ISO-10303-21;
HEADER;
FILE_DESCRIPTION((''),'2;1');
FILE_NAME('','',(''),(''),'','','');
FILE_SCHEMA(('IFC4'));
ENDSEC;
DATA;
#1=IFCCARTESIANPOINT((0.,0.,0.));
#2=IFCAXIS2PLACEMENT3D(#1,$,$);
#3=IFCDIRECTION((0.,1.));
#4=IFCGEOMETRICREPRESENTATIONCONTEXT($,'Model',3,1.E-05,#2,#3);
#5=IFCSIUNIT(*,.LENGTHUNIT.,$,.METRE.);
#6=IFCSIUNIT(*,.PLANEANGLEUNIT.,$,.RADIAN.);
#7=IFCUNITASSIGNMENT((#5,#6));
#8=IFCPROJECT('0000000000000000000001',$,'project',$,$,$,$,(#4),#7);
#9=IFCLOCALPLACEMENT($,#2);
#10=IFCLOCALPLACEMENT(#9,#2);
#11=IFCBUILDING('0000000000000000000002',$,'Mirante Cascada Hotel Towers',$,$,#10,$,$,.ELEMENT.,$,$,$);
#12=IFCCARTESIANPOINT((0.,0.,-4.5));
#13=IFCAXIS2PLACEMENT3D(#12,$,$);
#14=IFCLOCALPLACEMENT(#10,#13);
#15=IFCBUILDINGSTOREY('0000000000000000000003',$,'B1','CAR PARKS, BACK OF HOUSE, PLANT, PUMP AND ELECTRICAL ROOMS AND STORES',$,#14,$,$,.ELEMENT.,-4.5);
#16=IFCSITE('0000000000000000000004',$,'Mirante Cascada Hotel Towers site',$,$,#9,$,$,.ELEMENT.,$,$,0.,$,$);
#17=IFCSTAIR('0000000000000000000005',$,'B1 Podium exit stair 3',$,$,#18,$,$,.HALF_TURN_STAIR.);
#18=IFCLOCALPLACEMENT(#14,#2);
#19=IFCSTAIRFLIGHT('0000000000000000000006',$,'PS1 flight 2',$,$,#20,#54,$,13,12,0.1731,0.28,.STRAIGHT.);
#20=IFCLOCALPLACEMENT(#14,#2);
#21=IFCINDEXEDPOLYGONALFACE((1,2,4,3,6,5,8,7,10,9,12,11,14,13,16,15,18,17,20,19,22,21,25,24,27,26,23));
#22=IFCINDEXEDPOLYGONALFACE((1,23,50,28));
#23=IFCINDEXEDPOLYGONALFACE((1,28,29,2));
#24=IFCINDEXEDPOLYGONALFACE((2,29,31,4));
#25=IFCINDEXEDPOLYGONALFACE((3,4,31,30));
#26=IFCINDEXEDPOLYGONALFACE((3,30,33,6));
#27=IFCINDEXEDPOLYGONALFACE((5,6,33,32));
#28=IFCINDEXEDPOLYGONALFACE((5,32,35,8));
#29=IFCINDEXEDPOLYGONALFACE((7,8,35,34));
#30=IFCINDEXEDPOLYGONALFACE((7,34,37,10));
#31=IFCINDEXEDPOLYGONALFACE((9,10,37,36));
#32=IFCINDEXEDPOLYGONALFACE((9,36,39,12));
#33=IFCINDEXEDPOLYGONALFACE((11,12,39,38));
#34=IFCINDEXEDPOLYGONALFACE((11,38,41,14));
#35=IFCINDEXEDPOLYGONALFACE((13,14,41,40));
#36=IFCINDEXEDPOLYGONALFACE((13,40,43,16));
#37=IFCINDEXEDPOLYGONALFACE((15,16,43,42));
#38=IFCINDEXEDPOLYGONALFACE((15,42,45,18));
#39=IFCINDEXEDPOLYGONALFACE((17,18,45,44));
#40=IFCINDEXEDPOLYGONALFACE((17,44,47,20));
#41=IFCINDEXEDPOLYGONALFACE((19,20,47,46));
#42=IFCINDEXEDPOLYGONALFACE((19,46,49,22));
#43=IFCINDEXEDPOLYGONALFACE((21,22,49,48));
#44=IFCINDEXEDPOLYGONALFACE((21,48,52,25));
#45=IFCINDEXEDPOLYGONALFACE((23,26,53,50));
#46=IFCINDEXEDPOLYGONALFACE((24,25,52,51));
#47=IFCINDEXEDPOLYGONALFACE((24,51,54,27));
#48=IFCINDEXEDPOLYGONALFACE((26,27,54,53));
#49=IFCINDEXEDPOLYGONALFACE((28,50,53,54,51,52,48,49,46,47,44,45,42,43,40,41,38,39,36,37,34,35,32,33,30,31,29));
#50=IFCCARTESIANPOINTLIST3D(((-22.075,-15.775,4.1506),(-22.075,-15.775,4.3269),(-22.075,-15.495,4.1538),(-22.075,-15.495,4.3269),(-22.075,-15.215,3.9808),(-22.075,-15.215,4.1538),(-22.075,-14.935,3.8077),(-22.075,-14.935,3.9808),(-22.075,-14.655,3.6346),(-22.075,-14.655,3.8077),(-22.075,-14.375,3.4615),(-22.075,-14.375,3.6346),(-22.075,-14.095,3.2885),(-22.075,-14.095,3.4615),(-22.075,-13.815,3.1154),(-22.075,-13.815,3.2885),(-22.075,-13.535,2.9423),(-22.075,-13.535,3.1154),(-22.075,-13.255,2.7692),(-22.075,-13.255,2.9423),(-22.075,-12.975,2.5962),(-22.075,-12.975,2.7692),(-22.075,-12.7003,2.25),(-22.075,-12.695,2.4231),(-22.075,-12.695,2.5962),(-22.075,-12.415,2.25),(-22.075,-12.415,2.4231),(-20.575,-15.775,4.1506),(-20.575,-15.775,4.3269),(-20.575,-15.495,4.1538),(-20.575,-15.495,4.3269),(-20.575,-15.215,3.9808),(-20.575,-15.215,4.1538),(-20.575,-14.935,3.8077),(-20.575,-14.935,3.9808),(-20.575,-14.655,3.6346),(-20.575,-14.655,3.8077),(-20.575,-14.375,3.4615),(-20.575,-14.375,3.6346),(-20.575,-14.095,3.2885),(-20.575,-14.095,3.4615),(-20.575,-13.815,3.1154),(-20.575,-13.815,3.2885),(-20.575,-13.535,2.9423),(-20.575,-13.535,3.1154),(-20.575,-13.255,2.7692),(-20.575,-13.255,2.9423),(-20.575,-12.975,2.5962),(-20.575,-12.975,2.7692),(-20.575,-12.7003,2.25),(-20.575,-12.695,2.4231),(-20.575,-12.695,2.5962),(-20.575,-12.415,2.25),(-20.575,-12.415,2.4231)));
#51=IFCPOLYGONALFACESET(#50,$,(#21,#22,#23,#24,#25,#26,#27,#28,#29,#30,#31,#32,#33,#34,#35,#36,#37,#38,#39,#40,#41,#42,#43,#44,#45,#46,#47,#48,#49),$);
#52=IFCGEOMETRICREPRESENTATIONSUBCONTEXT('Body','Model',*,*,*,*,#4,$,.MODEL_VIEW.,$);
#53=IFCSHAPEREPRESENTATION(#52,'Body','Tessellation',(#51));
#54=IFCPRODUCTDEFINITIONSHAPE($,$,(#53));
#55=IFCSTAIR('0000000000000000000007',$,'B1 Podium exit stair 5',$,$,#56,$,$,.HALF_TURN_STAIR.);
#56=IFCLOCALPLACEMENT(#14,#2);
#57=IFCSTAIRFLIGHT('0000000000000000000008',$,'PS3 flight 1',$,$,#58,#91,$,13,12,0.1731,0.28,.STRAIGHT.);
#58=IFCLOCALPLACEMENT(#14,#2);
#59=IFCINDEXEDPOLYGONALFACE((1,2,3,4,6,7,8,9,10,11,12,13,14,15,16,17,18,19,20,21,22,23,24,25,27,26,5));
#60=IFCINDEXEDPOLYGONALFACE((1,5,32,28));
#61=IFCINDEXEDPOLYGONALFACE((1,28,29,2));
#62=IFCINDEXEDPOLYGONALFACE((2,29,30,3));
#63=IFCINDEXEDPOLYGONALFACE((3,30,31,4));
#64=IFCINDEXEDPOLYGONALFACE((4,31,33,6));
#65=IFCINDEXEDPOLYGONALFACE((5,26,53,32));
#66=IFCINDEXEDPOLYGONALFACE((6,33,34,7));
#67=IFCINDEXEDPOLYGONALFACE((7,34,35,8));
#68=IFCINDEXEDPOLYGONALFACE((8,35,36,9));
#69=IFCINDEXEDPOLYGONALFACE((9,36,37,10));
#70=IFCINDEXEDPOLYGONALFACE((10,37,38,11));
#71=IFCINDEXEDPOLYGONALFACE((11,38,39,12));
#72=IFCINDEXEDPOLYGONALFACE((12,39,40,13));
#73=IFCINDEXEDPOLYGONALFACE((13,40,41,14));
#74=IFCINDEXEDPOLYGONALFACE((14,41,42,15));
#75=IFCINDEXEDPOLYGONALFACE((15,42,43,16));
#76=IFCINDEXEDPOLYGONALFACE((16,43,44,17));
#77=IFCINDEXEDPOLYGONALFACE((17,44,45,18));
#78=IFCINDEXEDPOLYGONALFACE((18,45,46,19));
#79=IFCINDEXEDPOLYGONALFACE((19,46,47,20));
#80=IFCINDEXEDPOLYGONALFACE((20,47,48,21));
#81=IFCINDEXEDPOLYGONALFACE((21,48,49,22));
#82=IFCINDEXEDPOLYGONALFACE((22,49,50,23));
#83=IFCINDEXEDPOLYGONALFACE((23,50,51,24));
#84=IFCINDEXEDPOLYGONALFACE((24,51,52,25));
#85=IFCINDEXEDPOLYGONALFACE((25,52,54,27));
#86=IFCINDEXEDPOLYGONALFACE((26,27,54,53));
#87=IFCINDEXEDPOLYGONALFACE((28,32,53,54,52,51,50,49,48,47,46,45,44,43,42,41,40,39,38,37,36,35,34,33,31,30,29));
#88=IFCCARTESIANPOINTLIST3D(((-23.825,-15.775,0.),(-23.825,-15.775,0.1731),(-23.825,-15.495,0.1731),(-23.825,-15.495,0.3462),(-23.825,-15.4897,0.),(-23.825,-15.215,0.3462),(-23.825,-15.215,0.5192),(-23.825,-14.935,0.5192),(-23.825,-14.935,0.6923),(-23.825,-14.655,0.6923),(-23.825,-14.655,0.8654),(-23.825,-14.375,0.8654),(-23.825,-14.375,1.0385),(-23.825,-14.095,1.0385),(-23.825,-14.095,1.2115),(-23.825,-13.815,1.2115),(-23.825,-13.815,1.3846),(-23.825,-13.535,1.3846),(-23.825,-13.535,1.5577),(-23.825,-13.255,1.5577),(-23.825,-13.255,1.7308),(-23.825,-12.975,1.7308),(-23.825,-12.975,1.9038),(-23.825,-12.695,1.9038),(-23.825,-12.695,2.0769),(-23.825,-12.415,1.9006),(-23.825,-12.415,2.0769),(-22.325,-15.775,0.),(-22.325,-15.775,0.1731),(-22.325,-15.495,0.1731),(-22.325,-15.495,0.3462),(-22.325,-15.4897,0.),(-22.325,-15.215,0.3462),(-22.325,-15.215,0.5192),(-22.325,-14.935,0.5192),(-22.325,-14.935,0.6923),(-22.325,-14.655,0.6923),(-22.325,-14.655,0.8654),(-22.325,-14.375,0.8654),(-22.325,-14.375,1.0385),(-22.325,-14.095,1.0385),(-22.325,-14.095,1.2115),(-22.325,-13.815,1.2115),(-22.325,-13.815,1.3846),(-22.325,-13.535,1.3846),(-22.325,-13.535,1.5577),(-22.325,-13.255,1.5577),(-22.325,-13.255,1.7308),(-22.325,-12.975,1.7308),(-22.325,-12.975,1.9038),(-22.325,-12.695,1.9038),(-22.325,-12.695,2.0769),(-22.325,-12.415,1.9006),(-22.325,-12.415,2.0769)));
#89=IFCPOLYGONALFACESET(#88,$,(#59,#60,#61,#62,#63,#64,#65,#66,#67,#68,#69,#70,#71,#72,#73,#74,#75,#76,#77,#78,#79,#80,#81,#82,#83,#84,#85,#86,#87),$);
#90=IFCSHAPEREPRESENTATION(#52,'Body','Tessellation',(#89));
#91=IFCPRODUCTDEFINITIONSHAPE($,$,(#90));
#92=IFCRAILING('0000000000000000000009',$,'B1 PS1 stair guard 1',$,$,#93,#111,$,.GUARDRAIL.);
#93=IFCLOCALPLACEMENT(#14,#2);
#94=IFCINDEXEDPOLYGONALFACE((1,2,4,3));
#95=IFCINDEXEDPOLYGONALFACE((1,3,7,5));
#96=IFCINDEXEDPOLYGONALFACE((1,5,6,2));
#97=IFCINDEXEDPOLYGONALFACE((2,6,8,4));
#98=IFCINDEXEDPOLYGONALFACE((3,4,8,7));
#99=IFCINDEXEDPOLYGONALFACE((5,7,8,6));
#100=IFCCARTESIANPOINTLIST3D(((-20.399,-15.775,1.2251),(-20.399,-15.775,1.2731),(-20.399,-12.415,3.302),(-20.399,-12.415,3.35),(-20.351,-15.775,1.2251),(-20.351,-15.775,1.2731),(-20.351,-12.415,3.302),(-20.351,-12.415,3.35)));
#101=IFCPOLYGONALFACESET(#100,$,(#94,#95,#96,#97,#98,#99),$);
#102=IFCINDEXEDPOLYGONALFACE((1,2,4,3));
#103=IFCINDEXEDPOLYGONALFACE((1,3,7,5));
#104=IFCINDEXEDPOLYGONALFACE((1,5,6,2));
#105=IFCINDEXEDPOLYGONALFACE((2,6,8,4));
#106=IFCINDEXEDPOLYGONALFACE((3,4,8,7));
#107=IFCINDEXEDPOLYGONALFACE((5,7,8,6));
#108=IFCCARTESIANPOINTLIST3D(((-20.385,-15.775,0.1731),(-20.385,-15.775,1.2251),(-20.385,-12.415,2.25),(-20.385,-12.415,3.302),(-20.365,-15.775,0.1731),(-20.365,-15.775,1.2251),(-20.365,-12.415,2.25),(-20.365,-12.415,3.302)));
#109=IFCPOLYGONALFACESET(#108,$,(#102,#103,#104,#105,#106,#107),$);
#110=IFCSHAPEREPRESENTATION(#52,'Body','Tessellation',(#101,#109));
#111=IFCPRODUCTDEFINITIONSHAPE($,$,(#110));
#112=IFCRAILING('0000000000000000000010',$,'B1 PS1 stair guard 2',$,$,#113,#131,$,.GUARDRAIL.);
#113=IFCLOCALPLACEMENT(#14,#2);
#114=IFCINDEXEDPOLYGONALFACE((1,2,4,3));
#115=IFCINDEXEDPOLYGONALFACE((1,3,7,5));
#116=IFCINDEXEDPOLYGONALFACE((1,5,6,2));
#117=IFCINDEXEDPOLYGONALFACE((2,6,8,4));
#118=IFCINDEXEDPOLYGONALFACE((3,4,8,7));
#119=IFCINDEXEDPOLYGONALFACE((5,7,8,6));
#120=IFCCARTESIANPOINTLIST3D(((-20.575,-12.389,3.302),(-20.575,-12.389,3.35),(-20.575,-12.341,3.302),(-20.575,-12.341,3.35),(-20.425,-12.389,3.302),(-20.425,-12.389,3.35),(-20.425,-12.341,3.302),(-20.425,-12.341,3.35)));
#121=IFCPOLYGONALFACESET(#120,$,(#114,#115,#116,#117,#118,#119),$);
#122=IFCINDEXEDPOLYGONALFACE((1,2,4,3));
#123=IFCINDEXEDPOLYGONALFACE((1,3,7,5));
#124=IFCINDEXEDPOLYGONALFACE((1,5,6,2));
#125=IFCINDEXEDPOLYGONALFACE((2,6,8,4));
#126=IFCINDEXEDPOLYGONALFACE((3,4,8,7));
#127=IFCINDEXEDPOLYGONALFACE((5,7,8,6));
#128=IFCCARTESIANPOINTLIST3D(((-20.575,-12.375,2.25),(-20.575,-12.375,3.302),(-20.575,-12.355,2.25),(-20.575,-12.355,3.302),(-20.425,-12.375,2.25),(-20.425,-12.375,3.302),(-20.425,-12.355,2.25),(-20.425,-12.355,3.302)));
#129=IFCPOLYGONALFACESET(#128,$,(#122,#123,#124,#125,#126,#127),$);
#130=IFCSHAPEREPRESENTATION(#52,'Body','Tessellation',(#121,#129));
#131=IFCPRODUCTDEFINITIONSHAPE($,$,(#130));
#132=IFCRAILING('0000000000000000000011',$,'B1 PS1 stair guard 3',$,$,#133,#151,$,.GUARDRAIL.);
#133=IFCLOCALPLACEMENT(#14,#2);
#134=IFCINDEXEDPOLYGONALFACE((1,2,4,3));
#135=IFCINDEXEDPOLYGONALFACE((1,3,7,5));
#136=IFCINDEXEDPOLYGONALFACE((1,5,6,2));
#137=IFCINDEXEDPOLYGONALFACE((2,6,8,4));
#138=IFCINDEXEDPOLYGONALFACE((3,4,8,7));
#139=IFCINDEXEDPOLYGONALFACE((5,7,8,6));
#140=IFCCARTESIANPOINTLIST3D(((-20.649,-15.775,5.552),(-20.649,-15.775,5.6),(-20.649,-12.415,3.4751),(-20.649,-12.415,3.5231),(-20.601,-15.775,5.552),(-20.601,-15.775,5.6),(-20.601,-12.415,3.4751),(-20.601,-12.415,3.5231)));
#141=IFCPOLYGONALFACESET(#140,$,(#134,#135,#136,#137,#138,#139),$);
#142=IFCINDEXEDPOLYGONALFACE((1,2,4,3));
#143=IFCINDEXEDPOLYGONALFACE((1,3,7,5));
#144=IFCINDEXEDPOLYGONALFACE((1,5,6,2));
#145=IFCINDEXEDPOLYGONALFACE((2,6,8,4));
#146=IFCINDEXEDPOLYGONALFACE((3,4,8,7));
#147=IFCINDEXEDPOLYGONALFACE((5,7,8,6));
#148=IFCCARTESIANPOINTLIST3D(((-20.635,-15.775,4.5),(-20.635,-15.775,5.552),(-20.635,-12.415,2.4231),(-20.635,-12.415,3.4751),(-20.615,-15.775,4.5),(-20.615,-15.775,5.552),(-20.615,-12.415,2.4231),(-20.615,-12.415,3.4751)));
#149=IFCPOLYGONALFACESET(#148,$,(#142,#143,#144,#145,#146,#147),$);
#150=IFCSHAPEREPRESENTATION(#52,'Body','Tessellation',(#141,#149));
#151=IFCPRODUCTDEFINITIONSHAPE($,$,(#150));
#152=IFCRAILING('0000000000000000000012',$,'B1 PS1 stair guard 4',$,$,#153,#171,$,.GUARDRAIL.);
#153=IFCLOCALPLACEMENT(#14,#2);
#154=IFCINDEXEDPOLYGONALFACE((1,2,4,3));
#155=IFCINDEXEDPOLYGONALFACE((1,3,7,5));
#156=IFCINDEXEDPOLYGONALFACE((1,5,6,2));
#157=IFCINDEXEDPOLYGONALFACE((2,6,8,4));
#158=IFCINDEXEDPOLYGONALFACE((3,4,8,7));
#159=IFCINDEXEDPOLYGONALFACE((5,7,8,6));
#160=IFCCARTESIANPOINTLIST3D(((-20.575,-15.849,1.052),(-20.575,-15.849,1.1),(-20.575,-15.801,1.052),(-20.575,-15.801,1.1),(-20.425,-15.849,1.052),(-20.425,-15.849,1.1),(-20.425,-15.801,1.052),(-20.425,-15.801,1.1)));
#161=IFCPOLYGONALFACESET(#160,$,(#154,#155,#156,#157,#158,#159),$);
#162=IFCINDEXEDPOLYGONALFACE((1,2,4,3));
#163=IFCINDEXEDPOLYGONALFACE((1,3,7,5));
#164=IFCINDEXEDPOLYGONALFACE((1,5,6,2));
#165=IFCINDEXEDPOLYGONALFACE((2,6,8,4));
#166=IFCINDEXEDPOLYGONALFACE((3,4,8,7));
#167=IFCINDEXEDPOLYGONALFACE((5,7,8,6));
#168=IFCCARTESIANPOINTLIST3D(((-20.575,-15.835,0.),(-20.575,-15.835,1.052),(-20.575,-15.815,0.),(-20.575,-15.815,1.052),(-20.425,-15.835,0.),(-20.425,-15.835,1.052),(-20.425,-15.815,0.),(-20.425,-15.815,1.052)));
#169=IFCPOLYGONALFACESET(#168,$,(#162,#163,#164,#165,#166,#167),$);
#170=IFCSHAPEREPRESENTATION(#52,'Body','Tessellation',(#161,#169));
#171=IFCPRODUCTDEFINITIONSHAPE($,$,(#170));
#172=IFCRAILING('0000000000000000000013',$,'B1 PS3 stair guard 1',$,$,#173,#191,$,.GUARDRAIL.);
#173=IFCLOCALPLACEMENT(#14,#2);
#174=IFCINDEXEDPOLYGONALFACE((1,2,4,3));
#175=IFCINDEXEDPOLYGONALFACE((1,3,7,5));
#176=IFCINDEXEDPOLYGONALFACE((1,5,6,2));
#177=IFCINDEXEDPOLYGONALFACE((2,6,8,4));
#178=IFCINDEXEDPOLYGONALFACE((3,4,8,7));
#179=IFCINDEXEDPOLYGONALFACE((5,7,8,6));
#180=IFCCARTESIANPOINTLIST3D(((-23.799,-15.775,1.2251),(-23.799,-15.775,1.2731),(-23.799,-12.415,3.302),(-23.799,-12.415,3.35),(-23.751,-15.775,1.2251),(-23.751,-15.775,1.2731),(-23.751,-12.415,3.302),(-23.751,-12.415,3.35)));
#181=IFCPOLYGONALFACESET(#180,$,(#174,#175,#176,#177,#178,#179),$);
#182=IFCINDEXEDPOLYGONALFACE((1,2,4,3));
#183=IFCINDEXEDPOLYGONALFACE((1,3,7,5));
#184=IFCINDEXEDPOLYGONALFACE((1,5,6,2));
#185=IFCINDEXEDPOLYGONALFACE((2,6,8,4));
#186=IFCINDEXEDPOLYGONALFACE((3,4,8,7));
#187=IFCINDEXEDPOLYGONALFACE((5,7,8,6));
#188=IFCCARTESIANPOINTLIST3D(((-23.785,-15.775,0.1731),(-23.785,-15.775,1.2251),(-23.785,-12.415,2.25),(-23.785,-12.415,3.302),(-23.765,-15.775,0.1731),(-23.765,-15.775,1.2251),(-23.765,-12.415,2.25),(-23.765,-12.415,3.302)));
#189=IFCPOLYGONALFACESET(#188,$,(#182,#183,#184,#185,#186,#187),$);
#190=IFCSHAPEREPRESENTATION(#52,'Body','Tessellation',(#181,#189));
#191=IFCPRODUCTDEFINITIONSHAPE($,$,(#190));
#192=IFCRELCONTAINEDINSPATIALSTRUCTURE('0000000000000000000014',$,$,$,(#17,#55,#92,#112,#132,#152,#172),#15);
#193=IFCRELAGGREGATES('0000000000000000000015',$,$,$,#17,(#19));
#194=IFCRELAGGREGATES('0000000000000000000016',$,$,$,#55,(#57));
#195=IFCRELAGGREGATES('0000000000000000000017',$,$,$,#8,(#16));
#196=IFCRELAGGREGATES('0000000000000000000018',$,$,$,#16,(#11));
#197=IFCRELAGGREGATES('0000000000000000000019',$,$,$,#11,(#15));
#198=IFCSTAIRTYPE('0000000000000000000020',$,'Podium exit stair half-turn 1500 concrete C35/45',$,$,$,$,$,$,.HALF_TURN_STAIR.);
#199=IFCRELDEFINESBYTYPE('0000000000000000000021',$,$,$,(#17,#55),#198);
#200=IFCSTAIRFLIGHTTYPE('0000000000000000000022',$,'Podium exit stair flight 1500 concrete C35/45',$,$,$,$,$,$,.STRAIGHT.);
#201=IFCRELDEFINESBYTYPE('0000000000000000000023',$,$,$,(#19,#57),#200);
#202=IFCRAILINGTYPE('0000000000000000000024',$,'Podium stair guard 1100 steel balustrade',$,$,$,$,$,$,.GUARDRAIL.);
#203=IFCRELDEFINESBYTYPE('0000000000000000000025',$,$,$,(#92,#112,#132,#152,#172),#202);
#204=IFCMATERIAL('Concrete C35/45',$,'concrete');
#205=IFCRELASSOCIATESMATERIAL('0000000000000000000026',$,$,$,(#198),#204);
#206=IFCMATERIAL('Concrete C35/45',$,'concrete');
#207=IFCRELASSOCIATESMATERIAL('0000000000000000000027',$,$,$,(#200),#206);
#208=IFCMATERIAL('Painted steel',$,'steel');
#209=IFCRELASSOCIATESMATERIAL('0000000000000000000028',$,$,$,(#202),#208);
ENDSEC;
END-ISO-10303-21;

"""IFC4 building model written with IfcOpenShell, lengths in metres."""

from ifc_helpers import new_model, si_unit, direction, frame, origin, origin_2d, place, context, subcontext, project, spatial, polyline, rectangle, outline, extrude, material, type_object, element, aggregate, save


model = new_model("IFC4")

# Units and contexts
model_context = context("Model", 3, precision=1e-05, world=origin(), true_north=direction((0.0, 1.0)))
body_context = subcontext(model_context, "Body", "Model", "MODEL_VIEW")
ifc_project = project(units=[si_unit("LENGTHUNIT", "METRE"), si_unit("PLANEANGLEUNIT", "RADIAN")], contexts=[model_context])

# Site, building, storey
site_placement = place(None, origin())
site = spatial("IfcSite", under=ifc_project, at=site_placement, Name="Mirante Cascada Hotel Towers site", CompositionType="ELEMENT", RefElevation=0.0)
building_placement = place(site_placement, origin())
building = spatial("IfcBuilding", under=site, at=building_placement, Name="Mirante Cascada Hotel Towers", CompositionType="ELEMENT")
storey_placement = place(building_placement, frame((0.0, 0.0, -4.5)))
storey = spatial("IfcBuildingStorey", under=building, at=storey_placement, Name="B1", Description="CAR PARKS, BACK OF HOUSE, PLANT, PUMP AND ELECTRICAL ROOMS AND STORES", CompositionType="ELEMENT", Elevation=-4.5)

# Stair, stair flight
ifc_material_1 = material(Name="Concrete C35/45", Category="concrete")
stair_type = type_object("IfcStairType", Name="Podium exit stair half-turn 1500 concrete C35/45", PredefinedType="HALF_TURN_STAIR", material=ifc_material_1)
stair_1_placement = place(storey_placement, origin())
stair_1 = element("IfcStair", 1, at=stair_1_placement, inside=storey, type_object=stair_type, Name="B1 Podium exit stair 3", PredefinedType="HALF_TURN_STAIR")
ifc_material_2 = material(Name="Concrete C35/45", Category="concrete")
stair_flight_type = type_object("IfcStairFlightType", Name="Podium exit stair flight 1500 concrete C35/45", PredefinedType="STRAIGHT", material=ifc_material_2)
stair_flight_1_placement = place(storey_placement, frame((-21.325, -12.415, 2.25), z_axis=(0.0, 0.0, 1.0), x_axis=(0.0, -1.0, 0.0)))
stair_flight_1 = element("IfcStairFlight", 2, at=stair_flight_1_placement, type_object=stair_flight_type, Name="PS1 flight 2", NumberOfRisers=13, NumberOfTreads=12, PredefinedType="STRAIGHT", RiserHeight=0.1731, TreadLength=0.28, context=body_context, shape_type="SweptSolid", body=[
    extrude(outline(polyline([(0.0, 0.0), (0.0, 0.1731), (0.28, 0.1731), (0.28, 0.3462), (0.56, 0.3462), (0.56, 0.5192), (0.84, 0.5192), (0.84, 0.6923), (1.12, 0.6923), (1.12, 0.8654), (1.4, 0.8654), (1.4, 1.0385), (1.68, 1.0385), (1.68, 1.2115), (1.96, 1.2115), (1.96, 1.3846), (2.24, 1.3846), (2.24, 1.5577), (2.52, 1.5577), (2.52, 1.7308), (2.8, 1.7308), (2.8, 1.9038), (3.08, 1.9038), (3.08, 2.0769), (3.36, 2.0769), (3.36, 2.25), (3.36, 1.9006), (0.2853, 0.0), (0.0, 0.0)])), frame((0.0, 0.75, 0.0), z_axis=(0.0, -1.0, 0.0), x_axis=(1.0, 0.0, 0.0)), (0.0, 0.0, 1.0), 1.5),
])
aggregate(stair_1, [stair_flight_1])

# Stair, stair flight
stair_2_placement = place(storey_placement, origin())
stair_2 = element("IfcStair", 3, at=stair_2_placement, inside=storey, type_object=stair_type, Name="B1 Podium exit stair 5", PredefinedType="HALF_TURN_STAIR")
stair_flight_2_placement = place(storey_placement, frame((-23.075, -15.775, 0.0), z_axis=(0.0, 0.0, 1.0), x_axis=(0.0, 1.0, 0.0)))
stair_flight_2 = element("IfcStairFlight", 4, at=stair_flight_2_placement, type_object=stair_flight_type, Name="PS3 flight 1", NumberOfRisers=13, NumberOfTreads=12, PredefinedType="STRAIGHT", RiserHeight=0.1731, TreadLength=0.28, context=body_context, shape_type="SweptSolid", body=[
    extrude(outline(polyline([(0.0, 0.0), (0.0, 0.1731), (0.28, 0.1731), (0.28, 0.3462), (0.56, 0.3462), (0.56, 0.5192), (0.84, 0.5192), (0.84, 0.6923), (1.12, 0.6923), (1.12, 0.8654), (1.4, 0.8654), (1.4, 1.0385), (1.68, 1.0385), (1.68, 1.2115), (1.96, 1.2115), (1.96, 1.3846), (2.24, 1.3846), (2.24, 1.5577), (2.52, 1.5577), (2.52, 1.7308), (2.8, 1.7308), (2.8, 1.9038), (3.08, 1.9038), (3.08, 2.0769), (3.36, 2.0769), (3.36, 2.25), (3.36, 1.9006), (0.2853, 0.0), (0.0, 0.0)])), frame((0.0, 0.75, 0.0), z_axis=(0.0, -1.0, 0.0), x_axis=(1.0, 0.0, 0.0)), (0.0, 0.0, 1.0), 1.5),
])
aggregate(stair_2, [stair_flight_2])

# Railings
ifc_material_3 = material(Name="Painted steel", Category="steel")
railing_type_1 = type_object("IfcRailingType", Name="Podium stair guard 1100 steel balustrade", PredefinedType="GUARDRAIL", material=ifc_material_3)
railing_1_placement = place(storey_placement, frame((-20.375, -15.775, 0.1731)))
element("IfcRailing", 5, at=railing_1_placement, inside=storey, type_object=railing_type_1, Name="B1 PS1 stair guard 1", PredefinedType="GUARDRAIL", context=body_context, shape_type="SweptSolid", body=[
    extrude(rectangle(XDim=0.048, YDim=0.048, at=origin_2d()), frame((0.0, 0.0, 1.076), z_axis=(0.0, 1.0, 0.0), x_axis=(-1.0, 0.0, 0.0)), (0.0, 0.525787, 0.850616), 3.9501),
    extrude(rectangle(XDim=0.02, YDim=1.052, at=origin_2d()), frame((0.0, 0.0, 0.526), z_axis=(0.0, 1.0, 0.0), x_axis=(-1.0, 0.0, 0.0)), (0.0, 0.525787, 0.850616), 3.9501),
])
railing_2_placement = place(storey_placement, frame((-20.425, -12.365, 2.25)))
element("IfcRailing", 6, at=railing_2_placement, inside=storey, type_object=railing_type_1, Name="B1 PS1 stair guard 2", PredefinedType="GUARDRAIL", context=body_context, shape_type="SweptSolid", body=[
    extrude(rectangle(XDim=0.048, YDim=0.048, at=origin_2d()), frame((0.0, 0.0, 1.076), z_axis=(-1.0, 0.0, 0.0), x_axis=(0.0, -1.0, 0.0)), (0.0, 0.0, 1.0), 0.15),
    extrude(rectangle(XDim=0.02, YDim=1.052, at=origin_2d()), frame((0.0, 0.0, 0.526), z_axis=(-1.0, 0.0, 0.0), x_axis=(0.0, -1.0, 0.0)), (0.0, 0.0, 1.0), 0.15),
])
railing_3_placement = place(storey_placement, frame((-20.625, -12.415, 2.4231)))
element("IfcRailing", 7, at=railing_3_placement, inside=storey, type_object=railing_type_1, Name="B1 PS1 stair guard 3", PredefinedType="GUARDRAIL", context=body_context, shape_type="SweptSolid", body=[
    extrude(rectangle(XDim=0.048, YDim=0.048, at=origin_2d()), frame((0.0, 0.0, 1.076), z_axis=(0.0, -1.0, 0.0), x_axis=(1.0, 0.0, 0.0)), (0.0, 0.525787, 0.850616), 3.9501),
    extrude(rectangle(XDim=0.02, YDim=1.052, at=origin_2d()), frame((0.0, 0.0, 0.526), z_axis=(0.0, -1.0, 0.0), x_axis=(1.0, 0.0, 0.0)), (0.0, 0.525787, 0.850616), 3.9501),
])
railing_4_placement = place(storey_placement, frame((-20.425, -15.825, 0.0)))
element("IfcRailing", 8, at=railing_4_placement, inside=storey, type_object=railing_type_1, Name="B1 PS1 stair guard 4", PredefinedType="GUARDRAIL", context=body_context, shape_type="SweptSolid", body=[
    extrude(rectangle(XDim=0.048, YDim=0.048, at=origin_2d()), frame((0.0, 0.0, 1.076), z_axis=(-1.0, 0.0, 0.0), x_axis=(0.0, -1.0, 0.0)), (0.0, 0.0, 1.0), 0.15),
    extrude(rectangle(XDim=0.02, YDim=1.052, at=origin_2d()), frame((0.0, 0.0, 0.526), z_axis=(-1.0, 0.0, 0.0), x_axis=(0.0, -1.0, 0.0)), (0.0, 0.0, 1.0), 0.15),
])
railing_5_placement = place(storey_placement, frame((-23.775, -15.775, 0.1731)))
element("IfcRailing", 9, at=railing_5_placement, inside=storey, type_object=railing_type_1, Name="B1 PS3 stair guard 1", PredefinedType="GUARDRAIL", context=body_context, shape_type="SweptSolid", body=[
    extrude(rectangle(XDim=0.048, YDim=0.048, at=origin_2d()), frame((0.0, 0.0, 1.076), z_axis=(0.0, 1.0, 0.0), x_axis=(-1.0, 0.0, 0.0)), (0.0, 0.525787, 0.850616), 3.9501),
    extrude(rectangle(XDim=0.02, YDim=1.052, at=origin_2d()), frame((0.0, 0.0, 0.526), z_axis=(0.0, 1.0, 0.0), x_axis=(-1.0, 0.0, 0.0)), (0.0, 0.525787, 0.850616), 3.9501),
])

save(model, "model.ifc")
